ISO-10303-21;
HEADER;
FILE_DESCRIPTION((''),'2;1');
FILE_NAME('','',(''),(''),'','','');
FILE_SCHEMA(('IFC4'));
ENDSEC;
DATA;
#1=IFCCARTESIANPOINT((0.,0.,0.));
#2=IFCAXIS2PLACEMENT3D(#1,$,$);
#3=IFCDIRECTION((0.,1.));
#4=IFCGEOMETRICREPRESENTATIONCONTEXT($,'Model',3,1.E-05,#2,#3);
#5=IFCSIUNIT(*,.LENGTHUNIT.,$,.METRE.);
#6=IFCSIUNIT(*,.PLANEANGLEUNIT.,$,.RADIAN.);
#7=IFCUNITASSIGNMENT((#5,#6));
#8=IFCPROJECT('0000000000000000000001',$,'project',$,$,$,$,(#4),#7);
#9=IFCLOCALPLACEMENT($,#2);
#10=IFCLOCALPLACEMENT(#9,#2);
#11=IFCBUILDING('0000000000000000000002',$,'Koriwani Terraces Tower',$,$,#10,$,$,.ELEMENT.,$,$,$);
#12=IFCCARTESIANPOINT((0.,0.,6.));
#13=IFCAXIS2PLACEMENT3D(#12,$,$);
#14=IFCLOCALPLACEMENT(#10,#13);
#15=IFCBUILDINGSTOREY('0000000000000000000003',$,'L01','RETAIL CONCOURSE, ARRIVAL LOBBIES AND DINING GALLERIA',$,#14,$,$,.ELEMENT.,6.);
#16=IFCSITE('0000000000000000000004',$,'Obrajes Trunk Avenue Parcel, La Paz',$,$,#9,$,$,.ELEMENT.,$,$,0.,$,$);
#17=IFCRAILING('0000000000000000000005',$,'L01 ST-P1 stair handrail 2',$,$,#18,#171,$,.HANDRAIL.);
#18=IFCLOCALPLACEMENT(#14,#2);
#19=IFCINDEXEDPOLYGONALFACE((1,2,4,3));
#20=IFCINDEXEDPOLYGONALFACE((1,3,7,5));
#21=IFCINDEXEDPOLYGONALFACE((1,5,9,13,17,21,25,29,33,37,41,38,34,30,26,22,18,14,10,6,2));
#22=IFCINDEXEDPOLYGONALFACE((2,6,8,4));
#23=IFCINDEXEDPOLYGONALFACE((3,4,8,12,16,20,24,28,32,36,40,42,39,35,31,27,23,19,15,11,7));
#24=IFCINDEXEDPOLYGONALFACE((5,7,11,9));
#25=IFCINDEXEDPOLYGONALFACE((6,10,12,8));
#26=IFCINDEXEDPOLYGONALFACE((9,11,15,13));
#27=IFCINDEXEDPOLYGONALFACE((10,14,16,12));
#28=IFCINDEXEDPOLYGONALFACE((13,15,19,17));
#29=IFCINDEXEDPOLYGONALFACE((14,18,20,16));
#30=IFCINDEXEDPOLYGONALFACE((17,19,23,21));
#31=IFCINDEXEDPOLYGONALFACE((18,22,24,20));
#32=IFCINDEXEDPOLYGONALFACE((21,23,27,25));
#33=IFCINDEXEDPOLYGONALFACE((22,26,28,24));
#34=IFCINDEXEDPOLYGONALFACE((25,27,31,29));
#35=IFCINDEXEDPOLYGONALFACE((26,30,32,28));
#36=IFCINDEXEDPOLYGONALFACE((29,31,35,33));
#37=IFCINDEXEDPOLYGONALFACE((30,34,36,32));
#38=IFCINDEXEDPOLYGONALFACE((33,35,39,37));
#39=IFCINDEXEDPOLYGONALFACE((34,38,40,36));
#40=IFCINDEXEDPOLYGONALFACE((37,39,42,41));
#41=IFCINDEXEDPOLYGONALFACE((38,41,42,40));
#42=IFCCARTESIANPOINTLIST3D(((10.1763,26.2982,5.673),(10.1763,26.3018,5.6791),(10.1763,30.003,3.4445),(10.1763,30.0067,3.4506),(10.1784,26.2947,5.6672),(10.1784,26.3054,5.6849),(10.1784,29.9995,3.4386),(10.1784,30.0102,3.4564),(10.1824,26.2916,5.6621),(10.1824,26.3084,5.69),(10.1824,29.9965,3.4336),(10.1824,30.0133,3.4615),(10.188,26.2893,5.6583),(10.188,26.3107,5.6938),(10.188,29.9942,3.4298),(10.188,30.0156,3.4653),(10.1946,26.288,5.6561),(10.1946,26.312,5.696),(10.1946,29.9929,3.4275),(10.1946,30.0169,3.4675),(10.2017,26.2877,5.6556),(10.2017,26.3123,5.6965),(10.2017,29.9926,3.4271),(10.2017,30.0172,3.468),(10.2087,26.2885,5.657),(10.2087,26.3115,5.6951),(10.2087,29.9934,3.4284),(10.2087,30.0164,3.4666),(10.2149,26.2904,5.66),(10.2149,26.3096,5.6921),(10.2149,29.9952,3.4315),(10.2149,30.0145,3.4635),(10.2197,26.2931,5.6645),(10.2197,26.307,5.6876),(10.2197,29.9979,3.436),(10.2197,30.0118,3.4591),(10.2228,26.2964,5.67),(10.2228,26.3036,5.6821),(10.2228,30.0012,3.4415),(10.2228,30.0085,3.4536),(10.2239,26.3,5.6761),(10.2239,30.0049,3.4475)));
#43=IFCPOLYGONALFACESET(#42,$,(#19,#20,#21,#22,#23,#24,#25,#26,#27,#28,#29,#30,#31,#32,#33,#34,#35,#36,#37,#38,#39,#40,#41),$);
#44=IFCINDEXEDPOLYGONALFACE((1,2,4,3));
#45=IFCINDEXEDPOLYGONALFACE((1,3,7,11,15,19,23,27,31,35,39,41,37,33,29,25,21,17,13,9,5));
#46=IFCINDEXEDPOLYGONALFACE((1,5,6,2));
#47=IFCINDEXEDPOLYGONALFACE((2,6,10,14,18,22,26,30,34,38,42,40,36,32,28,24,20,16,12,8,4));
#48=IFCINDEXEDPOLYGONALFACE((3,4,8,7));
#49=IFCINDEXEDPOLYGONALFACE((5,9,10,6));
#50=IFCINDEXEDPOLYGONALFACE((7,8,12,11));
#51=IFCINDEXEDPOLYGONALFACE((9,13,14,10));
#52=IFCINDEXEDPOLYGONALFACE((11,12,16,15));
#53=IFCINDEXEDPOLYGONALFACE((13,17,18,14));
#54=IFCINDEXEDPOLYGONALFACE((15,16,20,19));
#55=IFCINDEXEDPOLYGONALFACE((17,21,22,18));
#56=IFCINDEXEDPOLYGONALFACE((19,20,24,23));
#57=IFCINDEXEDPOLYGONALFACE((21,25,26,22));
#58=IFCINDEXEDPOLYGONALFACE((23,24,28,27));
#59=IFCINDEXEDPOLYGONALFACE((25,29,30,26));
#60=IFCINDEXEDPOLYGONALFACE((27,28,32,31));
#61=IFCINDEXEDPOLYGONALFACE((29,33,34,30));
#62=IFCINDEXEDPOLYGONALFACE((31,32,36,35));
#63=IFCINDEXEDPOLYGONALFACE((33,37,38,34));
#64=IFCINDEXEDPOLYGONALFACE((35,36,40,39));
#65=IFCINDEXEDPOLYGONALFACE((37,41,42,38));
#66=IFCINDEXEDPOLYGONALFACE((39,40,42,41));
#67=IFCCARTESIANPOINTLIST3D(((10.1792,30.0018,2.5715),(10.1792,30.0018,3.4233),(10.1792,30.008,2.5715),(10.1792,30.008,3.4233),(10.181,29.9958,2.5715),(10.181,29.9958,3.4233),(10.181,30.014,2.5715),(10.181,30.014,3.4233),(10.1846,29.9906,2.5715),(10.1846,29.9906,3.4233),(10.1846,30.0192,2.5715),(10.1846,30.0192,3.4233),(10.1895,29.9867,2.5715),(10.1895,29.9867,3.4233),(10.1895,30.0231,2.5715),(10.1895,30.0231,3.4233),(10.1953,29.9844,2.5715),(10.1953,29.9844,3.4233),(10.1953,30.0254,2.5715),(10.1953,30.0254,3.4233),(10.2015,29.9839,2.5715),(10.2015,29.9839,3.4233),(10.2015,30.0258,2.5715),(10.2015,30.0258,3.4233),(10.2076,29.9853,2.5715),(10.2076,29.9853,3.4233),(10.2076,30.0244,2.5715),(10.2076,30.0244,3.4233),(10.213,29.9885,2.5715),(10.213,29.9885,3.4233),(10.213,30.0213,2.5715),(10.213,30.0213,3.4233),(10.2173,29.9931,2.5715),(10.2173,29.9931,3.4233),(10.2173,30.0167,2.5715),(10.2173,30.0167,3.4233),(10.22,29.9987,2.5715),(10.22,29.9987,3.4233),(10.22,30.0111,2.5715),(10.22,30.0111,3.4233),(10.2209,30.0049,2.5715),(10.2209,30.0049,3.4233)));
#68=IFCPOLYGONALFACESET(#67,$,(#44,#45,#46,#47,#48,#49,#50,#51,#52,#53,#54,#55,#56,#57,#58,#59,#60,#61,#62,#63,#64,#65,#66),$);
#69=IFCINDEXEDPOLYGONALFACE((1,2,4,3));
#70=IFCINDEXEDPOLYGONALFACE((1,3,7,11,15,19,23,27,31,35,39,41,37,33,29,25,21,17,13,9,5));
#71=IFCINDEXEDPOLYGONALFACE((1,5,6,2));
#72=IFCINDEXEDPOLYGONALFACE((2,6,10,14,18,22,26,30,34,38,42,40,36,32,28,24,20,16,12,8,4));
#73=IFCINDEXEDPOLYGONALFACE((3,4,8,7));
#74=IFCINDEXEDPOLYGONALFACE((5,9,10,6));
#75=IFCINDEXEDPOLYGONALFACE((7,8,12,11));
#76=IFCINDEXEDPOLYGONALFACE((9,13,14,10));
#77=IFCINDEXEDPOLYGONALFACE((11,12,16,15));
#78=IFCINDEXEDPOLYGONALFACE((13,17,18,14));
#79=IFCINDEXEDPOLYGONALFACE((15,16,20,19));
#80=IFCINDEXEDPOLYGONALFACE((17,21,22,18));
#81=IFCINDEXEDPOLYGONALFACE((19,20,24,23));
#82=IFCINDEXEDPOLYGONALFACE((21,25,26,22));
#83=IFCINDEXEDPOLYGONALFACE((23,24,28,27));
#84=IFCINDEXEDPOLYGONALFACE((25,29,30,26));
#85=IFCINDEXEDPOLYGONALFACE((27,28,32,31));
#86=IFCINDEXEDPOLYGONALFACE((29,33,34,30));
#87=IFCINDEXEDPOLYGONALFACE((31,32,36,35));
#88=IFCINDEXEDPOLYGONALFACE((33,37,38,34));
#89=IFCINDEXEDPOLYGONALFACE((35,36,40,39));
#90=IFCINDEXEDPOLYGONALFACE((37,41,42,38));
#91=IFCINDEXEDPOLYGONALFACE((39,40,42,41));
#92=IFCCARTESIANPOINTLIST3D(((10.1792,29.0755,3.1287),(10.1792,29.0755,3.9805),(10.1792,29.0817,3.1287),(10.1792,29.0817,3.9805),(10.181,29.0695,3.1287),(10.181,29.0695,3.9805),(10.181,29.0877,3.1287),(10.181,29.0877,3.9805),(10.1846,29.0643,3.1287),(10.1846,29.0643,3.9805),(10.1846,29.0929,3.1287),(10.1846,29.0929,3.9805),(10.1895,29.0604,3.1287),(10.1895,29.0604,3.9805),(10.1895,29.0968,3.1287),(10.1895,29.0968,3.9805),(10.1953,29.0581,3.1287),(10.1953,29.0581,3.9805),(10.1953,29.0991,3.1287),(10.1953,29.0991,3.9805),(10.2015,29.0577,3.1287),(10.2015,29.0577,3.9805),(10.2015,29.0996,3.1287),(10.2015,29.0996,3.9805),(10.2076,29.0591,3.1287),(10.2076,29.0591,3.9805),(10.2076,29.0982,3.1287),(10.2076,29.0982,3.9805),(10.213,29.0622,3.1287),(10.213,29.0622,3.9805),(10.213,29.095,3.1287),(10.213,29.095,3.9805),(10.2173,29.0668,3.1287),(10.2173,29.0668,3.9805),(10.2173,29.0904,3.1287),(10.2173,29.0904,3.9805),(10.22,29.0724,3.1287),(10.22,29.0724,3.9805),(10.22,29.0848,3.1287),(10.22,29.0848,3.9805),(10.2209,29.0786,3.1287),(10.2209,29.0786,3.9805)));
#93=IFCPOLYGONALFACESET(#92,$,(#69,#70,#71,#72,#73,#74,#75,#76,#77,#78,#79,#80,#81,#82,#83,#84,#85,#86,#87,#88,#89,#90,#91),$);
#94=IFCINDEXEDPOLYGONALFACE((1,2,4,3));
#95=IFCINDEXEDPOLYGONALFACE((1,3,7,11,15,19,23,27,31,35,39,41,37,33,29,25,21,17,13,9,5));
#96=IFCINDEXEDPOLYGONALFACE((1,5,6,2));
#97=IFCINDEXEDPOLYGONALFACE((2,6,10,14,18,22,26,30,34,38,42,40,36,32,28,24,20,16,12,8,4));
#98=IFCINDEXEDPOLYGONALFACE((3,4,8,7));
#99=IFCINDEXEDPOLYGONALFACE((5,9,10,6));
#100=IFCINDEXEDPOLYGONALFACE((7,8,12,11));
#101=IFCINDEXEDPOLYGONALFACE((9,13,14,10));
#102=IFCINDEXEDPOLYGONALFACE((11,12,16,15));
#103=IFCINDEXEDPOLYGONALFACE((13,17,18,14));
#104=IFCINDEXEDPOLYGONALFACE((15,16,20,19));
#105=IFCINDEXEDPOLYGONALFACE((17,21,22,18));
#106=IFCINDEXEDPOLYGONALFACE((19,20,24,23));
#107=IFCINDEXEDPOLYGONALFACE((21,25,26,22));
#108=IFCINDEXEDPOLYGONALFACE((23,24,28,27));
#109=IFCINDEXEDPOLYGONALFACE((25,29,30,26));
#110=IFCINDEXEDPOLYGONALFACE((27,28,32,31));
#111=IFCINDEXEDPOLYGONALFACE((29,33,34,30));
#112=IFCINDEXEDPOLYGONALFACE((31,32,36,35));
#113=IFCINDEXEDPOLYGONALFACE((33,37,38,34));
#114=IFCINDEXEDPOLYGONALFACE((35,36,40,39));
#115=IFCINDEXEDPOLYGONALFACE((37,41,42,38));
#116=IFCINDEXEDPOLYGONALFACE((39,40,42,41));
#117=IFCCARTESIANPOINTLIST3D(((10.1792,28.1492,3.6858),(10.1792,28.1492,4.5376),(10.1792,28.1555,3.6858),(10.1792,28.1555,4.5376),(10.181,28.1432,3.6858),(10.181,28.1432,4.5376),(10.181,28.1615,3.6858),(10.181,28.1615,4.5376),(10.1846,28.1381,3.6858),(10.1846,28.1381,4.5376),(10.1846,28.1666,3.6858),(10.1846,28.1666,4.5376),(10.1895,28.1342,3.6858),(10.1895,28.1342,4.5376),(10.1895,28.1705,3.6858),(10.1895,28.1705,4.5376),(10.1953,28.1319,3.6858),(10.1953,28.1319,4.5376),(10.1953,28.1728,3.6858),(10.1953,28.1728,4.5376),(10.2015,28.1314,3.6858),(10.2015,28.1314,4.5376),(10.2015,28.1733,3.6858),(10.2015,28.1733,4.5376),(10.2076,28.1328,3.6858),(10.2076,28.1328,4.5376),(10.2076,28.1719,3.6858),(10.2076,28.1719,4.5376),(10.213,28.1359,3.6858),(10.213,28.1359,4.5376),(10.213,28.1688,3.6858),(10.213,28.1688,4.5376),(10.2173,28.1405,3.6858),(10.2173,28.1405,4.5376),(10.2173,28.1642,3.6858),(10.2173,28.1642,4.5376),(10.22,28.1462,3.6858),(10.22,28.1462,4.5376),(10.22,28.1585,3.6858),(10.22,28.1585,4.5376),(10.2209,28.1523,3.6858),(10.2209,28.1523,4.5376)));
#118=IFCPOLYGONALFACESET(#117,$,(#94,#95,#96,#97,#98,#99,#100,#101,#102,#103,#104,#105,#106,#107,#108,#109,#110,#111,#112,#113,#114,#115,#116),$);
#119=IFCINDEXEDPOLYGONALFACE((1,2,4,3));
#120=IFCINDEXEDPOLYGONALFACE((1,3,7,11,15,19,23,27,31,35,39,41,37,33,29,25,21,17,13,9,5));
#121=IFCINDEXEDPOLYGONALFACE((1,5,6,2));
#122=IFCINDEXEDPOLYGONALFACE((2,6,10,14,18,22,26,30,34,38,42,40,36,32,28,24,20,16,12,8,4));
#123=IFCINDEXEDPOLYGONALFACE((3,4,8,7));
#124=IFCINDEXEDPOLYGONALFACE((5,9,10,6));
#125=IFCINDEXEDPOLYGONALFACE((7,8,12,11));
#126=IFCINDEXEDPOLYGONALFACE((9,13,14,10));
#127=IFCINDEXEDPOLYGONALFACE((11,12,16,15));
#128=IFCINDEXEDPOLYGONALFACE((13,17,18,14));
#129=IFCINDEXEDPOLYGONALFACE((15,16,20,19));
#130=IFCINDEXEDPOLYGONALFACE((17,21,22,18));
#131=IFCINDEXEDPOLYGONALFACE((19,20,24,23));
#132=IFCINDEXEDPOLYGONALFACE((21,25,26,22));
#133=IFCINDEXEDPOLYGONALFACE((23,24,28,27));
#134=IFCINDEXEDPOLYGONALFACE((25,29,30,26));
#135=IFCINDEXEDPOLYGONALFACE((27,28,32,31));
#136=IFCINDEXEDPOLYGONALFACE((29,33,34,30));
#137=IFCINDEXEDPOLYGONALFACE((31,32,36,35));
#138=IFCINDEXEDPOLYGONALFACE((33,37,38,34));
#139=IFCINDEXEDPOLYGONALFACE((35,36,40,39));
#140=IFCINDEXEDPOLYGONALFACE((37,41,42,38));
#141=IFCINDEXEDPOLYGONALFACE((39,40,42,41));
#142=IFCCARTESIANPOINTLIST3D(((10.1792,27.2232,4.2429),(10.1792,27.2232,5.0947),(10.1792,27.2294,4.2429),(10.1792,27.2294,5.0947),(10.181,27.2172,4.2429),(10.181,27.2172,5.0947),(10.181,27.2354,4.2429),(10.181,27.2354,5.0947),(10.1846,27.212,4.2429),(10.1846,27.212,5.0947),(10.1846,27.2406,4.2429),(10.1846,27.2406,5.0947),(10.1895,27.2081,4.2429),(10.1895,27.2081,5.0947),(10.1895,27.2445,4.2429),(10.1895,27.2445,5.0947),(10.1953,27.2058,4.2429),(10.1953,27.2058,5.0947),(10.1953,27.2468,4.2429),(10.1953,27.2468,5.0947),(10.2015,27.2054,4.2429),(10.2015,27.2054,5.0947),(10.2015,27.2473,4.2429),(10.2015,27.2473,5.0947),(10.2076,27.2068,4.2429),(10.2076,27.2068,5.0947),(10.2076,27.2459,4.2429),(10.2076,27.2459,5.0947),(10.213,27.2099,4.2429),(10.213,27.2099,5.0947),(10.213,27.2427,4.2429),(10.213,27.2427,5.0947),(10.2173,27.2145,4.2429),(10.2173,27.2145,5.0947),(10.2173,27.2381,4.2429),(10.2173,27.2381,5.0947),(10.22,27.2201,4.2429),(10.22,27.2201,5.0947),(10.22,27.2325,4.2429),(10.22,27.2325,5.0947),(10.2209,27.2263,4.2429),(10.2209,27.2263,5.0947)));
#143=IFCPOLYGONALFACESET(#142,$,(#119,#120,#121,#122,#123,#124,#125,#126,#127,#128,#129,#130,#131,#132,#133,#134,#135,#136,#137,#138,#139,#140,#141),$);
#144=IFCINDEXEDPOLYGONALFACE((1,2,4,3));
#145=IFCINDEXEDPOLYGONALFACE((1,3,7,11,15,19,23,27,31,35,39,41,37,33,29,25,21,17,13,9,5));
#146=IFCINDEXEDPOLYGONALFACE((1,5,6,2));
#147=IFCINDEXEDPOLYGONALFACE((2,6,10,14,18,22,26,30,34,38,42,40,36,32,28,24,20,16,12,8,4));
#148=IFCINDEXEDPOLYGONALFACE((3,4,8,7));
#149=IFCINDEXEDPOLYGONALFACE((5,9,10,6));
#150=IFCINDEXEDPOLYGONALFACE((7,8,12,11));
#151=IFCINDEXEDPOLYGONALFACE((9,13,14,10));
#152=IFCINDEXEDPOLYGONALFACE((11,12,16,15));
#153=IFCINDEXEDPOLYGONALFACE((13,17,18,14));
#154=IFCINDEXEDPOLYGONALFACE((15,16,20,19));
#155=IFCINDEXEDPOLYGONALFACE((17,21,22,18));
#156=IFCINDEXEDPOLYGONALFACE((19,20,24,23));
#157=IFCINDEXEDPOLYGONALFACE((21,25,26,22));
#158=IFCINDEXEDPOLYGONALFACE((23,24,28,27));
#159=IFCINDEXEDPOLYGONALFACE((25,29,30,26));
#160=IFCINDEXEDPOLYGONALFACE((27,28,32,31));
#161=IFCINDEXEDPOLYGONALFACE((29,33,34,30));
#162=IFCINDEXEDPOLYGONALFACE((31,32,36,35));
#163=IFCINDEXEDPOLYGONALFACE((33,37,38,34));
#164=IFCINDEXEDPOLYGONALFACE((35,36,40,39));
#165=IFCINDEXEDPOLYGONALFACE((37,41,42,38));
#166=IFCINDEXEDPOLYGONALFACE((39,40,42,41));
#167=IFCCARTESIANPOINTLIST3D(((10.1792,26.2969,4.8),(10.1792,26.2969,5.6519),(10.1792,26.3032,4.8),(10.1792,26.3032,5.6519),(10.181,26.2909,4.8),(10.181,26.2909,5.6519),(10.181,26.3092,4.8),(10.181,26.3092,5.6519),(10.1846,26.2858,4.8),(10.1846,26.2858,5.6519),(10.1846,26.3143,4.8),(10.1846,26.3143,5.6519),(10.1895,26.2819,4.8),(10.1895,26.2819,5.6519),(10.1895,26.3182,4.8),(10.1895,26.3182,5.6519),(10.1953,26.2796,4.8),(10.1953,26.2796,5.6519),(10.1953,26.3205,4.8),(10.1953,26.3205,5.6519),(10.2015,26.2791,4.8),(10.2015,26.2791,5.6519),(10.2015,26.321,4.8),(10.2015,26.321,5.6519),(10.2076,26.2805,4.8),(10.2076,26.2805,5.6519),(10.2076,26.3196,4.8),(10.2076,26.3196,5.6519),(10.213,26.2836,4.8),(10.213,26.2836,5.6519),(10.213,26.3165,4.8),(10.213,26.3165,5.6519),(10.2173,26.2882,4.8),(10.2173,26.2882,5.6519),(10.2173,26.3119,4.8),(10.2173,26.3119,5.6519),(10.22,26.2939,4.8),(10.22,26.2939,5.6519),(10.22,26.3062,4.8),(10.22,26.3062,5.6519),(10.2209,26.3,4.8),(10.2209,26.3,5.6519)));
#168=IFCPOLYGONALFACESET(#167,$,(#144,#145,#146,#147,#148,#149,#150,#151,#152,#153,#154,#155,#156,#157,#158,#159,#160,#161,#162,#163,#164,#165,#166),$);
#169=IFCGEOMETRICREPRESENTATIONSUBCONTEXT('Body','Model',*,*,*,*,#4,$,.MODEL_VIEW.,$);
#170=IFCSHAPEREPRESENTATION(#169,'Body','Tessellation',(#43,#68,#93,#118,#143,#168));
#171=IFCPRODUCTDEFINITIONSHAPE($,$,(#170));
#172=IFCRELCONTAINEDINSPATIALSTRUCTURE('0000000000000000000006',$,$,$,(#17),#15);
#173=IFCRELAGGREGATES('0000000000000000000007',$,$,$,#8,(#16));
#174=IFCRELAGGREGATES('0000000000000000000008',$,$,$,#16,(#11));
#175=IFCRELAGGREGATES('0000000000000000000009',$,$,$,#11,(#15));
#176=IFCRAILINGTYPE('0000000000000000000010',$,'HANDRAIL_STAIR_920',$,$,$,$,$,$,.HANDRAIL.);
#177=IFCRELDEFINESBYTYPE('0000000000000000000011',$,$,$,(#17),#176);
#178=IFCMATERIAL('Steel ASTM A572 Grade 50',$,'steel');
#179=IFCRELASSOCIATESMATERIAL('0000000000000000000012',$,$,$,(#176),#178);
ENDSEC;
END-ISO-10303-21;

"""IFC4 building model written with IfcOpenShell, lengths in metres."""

from ifc_helpers import new_model, si_unit, direction, frame, origin, origin_2d, place, context, subcontext, project, spatial, circle, extrude, material, type_object, element, save


model = new_model("IFC4")

# Units and contexts
model_context = context("Model", 3, precision=1e-05, world=origin(), true_north=direction((0.0, 1.0)))
body_context = subcontext(model_context, "Body", "Model", "MODEL_VIEW")
ifc_project = project(units=[si_unit("LENGTHUNIT", "METRE"), si_unit("PLANEANGLEUNIT", "RADIAN")], contexts=[model_context])

# Site, building, storey
site_placement = place(None, origin())
site = spatial("IfcSite", under=ifc_project, at=site_placement, Name="Obrajes Trunk Avenue Parcel, La Paz", CompositionType="ELEMENT", RefElevation=0.0)
building_placement = place(site_placement, origin())
building = spatial("IfcBuilding", under=site, at=building_placement, Name="Koriwani Terraces Tower", CompositionType="ELEMENT")
storey_placement = place(building_placement, frame((0.0, 0.0, 6.0)))
storey = spatial("IfcBuildingStorey", under=building, at=storey_placement, Name="L01", Description="RETAIL CONCOURSE, ARRIVAL LOBBIES AND DINING GALLERIA", CompositionType="ELEMENT", Elevation=6.0)

# Shared definitions
ifc_material_1 = material(Name="Steel ASTM A572 Grade 50", Category="steel")

# Railing
railing_type_1 = type_object("IfcRailingType", Name="HANDRAIL_STAIR_920", PredefinedType="HANDRAIL", material=ifc_material_1)
railing_1_placement = place(storey_placement, frame((10.2, 30.0049, 2.5715)))
element("IfcRailing", 1, at=railing_1_placement, inside=storey, type_object=railing_type_1, Name="L01 ST-P1 stair handrail 2", PredefinedType="HANDRAIL", context=body_context, shape_type="SweptSolid", body=[
    extrude(circle(Radius=0.0239, at=origin_2d()), frame((0.0, 0.0, 0.876), z_axis=(0.0, -0.856919, 0.51545), x_axis=(1.0, 0.0, 0.0)), (0.0, 0.0, 1.0), 4.3235),
    extrude(circle(Radius=0.021, at=origin_2d()), origin(), (0.0, 0.0, 1.0), 0.8518),
    extrude(circle(Radius=0.021, at=origin_2d()), frame((0.0, -0.9263, 0.5571)), (0.0, 0.0, 1.0), 0.8518),
    extrude(circle(Radius=0.021, at=origin_2d()), frame((0.0, -1.8525, 1.1143)), (0.0, 0.0, 1.0), 0.8518),
    extrude(circle(Radius=0.021, at=origin_2d()), frame((0.0, -2.7786, 1.6714)), (0.0, 0.0, 1.0), 0.8518),
    extrude(circle(Radius=0.021, at=origin_2d()), frame((0.0, -3.7048, 2.2285)), (0.0, 0.0, 1.0), 0.8518),
])

save(model, "model.ifc")
